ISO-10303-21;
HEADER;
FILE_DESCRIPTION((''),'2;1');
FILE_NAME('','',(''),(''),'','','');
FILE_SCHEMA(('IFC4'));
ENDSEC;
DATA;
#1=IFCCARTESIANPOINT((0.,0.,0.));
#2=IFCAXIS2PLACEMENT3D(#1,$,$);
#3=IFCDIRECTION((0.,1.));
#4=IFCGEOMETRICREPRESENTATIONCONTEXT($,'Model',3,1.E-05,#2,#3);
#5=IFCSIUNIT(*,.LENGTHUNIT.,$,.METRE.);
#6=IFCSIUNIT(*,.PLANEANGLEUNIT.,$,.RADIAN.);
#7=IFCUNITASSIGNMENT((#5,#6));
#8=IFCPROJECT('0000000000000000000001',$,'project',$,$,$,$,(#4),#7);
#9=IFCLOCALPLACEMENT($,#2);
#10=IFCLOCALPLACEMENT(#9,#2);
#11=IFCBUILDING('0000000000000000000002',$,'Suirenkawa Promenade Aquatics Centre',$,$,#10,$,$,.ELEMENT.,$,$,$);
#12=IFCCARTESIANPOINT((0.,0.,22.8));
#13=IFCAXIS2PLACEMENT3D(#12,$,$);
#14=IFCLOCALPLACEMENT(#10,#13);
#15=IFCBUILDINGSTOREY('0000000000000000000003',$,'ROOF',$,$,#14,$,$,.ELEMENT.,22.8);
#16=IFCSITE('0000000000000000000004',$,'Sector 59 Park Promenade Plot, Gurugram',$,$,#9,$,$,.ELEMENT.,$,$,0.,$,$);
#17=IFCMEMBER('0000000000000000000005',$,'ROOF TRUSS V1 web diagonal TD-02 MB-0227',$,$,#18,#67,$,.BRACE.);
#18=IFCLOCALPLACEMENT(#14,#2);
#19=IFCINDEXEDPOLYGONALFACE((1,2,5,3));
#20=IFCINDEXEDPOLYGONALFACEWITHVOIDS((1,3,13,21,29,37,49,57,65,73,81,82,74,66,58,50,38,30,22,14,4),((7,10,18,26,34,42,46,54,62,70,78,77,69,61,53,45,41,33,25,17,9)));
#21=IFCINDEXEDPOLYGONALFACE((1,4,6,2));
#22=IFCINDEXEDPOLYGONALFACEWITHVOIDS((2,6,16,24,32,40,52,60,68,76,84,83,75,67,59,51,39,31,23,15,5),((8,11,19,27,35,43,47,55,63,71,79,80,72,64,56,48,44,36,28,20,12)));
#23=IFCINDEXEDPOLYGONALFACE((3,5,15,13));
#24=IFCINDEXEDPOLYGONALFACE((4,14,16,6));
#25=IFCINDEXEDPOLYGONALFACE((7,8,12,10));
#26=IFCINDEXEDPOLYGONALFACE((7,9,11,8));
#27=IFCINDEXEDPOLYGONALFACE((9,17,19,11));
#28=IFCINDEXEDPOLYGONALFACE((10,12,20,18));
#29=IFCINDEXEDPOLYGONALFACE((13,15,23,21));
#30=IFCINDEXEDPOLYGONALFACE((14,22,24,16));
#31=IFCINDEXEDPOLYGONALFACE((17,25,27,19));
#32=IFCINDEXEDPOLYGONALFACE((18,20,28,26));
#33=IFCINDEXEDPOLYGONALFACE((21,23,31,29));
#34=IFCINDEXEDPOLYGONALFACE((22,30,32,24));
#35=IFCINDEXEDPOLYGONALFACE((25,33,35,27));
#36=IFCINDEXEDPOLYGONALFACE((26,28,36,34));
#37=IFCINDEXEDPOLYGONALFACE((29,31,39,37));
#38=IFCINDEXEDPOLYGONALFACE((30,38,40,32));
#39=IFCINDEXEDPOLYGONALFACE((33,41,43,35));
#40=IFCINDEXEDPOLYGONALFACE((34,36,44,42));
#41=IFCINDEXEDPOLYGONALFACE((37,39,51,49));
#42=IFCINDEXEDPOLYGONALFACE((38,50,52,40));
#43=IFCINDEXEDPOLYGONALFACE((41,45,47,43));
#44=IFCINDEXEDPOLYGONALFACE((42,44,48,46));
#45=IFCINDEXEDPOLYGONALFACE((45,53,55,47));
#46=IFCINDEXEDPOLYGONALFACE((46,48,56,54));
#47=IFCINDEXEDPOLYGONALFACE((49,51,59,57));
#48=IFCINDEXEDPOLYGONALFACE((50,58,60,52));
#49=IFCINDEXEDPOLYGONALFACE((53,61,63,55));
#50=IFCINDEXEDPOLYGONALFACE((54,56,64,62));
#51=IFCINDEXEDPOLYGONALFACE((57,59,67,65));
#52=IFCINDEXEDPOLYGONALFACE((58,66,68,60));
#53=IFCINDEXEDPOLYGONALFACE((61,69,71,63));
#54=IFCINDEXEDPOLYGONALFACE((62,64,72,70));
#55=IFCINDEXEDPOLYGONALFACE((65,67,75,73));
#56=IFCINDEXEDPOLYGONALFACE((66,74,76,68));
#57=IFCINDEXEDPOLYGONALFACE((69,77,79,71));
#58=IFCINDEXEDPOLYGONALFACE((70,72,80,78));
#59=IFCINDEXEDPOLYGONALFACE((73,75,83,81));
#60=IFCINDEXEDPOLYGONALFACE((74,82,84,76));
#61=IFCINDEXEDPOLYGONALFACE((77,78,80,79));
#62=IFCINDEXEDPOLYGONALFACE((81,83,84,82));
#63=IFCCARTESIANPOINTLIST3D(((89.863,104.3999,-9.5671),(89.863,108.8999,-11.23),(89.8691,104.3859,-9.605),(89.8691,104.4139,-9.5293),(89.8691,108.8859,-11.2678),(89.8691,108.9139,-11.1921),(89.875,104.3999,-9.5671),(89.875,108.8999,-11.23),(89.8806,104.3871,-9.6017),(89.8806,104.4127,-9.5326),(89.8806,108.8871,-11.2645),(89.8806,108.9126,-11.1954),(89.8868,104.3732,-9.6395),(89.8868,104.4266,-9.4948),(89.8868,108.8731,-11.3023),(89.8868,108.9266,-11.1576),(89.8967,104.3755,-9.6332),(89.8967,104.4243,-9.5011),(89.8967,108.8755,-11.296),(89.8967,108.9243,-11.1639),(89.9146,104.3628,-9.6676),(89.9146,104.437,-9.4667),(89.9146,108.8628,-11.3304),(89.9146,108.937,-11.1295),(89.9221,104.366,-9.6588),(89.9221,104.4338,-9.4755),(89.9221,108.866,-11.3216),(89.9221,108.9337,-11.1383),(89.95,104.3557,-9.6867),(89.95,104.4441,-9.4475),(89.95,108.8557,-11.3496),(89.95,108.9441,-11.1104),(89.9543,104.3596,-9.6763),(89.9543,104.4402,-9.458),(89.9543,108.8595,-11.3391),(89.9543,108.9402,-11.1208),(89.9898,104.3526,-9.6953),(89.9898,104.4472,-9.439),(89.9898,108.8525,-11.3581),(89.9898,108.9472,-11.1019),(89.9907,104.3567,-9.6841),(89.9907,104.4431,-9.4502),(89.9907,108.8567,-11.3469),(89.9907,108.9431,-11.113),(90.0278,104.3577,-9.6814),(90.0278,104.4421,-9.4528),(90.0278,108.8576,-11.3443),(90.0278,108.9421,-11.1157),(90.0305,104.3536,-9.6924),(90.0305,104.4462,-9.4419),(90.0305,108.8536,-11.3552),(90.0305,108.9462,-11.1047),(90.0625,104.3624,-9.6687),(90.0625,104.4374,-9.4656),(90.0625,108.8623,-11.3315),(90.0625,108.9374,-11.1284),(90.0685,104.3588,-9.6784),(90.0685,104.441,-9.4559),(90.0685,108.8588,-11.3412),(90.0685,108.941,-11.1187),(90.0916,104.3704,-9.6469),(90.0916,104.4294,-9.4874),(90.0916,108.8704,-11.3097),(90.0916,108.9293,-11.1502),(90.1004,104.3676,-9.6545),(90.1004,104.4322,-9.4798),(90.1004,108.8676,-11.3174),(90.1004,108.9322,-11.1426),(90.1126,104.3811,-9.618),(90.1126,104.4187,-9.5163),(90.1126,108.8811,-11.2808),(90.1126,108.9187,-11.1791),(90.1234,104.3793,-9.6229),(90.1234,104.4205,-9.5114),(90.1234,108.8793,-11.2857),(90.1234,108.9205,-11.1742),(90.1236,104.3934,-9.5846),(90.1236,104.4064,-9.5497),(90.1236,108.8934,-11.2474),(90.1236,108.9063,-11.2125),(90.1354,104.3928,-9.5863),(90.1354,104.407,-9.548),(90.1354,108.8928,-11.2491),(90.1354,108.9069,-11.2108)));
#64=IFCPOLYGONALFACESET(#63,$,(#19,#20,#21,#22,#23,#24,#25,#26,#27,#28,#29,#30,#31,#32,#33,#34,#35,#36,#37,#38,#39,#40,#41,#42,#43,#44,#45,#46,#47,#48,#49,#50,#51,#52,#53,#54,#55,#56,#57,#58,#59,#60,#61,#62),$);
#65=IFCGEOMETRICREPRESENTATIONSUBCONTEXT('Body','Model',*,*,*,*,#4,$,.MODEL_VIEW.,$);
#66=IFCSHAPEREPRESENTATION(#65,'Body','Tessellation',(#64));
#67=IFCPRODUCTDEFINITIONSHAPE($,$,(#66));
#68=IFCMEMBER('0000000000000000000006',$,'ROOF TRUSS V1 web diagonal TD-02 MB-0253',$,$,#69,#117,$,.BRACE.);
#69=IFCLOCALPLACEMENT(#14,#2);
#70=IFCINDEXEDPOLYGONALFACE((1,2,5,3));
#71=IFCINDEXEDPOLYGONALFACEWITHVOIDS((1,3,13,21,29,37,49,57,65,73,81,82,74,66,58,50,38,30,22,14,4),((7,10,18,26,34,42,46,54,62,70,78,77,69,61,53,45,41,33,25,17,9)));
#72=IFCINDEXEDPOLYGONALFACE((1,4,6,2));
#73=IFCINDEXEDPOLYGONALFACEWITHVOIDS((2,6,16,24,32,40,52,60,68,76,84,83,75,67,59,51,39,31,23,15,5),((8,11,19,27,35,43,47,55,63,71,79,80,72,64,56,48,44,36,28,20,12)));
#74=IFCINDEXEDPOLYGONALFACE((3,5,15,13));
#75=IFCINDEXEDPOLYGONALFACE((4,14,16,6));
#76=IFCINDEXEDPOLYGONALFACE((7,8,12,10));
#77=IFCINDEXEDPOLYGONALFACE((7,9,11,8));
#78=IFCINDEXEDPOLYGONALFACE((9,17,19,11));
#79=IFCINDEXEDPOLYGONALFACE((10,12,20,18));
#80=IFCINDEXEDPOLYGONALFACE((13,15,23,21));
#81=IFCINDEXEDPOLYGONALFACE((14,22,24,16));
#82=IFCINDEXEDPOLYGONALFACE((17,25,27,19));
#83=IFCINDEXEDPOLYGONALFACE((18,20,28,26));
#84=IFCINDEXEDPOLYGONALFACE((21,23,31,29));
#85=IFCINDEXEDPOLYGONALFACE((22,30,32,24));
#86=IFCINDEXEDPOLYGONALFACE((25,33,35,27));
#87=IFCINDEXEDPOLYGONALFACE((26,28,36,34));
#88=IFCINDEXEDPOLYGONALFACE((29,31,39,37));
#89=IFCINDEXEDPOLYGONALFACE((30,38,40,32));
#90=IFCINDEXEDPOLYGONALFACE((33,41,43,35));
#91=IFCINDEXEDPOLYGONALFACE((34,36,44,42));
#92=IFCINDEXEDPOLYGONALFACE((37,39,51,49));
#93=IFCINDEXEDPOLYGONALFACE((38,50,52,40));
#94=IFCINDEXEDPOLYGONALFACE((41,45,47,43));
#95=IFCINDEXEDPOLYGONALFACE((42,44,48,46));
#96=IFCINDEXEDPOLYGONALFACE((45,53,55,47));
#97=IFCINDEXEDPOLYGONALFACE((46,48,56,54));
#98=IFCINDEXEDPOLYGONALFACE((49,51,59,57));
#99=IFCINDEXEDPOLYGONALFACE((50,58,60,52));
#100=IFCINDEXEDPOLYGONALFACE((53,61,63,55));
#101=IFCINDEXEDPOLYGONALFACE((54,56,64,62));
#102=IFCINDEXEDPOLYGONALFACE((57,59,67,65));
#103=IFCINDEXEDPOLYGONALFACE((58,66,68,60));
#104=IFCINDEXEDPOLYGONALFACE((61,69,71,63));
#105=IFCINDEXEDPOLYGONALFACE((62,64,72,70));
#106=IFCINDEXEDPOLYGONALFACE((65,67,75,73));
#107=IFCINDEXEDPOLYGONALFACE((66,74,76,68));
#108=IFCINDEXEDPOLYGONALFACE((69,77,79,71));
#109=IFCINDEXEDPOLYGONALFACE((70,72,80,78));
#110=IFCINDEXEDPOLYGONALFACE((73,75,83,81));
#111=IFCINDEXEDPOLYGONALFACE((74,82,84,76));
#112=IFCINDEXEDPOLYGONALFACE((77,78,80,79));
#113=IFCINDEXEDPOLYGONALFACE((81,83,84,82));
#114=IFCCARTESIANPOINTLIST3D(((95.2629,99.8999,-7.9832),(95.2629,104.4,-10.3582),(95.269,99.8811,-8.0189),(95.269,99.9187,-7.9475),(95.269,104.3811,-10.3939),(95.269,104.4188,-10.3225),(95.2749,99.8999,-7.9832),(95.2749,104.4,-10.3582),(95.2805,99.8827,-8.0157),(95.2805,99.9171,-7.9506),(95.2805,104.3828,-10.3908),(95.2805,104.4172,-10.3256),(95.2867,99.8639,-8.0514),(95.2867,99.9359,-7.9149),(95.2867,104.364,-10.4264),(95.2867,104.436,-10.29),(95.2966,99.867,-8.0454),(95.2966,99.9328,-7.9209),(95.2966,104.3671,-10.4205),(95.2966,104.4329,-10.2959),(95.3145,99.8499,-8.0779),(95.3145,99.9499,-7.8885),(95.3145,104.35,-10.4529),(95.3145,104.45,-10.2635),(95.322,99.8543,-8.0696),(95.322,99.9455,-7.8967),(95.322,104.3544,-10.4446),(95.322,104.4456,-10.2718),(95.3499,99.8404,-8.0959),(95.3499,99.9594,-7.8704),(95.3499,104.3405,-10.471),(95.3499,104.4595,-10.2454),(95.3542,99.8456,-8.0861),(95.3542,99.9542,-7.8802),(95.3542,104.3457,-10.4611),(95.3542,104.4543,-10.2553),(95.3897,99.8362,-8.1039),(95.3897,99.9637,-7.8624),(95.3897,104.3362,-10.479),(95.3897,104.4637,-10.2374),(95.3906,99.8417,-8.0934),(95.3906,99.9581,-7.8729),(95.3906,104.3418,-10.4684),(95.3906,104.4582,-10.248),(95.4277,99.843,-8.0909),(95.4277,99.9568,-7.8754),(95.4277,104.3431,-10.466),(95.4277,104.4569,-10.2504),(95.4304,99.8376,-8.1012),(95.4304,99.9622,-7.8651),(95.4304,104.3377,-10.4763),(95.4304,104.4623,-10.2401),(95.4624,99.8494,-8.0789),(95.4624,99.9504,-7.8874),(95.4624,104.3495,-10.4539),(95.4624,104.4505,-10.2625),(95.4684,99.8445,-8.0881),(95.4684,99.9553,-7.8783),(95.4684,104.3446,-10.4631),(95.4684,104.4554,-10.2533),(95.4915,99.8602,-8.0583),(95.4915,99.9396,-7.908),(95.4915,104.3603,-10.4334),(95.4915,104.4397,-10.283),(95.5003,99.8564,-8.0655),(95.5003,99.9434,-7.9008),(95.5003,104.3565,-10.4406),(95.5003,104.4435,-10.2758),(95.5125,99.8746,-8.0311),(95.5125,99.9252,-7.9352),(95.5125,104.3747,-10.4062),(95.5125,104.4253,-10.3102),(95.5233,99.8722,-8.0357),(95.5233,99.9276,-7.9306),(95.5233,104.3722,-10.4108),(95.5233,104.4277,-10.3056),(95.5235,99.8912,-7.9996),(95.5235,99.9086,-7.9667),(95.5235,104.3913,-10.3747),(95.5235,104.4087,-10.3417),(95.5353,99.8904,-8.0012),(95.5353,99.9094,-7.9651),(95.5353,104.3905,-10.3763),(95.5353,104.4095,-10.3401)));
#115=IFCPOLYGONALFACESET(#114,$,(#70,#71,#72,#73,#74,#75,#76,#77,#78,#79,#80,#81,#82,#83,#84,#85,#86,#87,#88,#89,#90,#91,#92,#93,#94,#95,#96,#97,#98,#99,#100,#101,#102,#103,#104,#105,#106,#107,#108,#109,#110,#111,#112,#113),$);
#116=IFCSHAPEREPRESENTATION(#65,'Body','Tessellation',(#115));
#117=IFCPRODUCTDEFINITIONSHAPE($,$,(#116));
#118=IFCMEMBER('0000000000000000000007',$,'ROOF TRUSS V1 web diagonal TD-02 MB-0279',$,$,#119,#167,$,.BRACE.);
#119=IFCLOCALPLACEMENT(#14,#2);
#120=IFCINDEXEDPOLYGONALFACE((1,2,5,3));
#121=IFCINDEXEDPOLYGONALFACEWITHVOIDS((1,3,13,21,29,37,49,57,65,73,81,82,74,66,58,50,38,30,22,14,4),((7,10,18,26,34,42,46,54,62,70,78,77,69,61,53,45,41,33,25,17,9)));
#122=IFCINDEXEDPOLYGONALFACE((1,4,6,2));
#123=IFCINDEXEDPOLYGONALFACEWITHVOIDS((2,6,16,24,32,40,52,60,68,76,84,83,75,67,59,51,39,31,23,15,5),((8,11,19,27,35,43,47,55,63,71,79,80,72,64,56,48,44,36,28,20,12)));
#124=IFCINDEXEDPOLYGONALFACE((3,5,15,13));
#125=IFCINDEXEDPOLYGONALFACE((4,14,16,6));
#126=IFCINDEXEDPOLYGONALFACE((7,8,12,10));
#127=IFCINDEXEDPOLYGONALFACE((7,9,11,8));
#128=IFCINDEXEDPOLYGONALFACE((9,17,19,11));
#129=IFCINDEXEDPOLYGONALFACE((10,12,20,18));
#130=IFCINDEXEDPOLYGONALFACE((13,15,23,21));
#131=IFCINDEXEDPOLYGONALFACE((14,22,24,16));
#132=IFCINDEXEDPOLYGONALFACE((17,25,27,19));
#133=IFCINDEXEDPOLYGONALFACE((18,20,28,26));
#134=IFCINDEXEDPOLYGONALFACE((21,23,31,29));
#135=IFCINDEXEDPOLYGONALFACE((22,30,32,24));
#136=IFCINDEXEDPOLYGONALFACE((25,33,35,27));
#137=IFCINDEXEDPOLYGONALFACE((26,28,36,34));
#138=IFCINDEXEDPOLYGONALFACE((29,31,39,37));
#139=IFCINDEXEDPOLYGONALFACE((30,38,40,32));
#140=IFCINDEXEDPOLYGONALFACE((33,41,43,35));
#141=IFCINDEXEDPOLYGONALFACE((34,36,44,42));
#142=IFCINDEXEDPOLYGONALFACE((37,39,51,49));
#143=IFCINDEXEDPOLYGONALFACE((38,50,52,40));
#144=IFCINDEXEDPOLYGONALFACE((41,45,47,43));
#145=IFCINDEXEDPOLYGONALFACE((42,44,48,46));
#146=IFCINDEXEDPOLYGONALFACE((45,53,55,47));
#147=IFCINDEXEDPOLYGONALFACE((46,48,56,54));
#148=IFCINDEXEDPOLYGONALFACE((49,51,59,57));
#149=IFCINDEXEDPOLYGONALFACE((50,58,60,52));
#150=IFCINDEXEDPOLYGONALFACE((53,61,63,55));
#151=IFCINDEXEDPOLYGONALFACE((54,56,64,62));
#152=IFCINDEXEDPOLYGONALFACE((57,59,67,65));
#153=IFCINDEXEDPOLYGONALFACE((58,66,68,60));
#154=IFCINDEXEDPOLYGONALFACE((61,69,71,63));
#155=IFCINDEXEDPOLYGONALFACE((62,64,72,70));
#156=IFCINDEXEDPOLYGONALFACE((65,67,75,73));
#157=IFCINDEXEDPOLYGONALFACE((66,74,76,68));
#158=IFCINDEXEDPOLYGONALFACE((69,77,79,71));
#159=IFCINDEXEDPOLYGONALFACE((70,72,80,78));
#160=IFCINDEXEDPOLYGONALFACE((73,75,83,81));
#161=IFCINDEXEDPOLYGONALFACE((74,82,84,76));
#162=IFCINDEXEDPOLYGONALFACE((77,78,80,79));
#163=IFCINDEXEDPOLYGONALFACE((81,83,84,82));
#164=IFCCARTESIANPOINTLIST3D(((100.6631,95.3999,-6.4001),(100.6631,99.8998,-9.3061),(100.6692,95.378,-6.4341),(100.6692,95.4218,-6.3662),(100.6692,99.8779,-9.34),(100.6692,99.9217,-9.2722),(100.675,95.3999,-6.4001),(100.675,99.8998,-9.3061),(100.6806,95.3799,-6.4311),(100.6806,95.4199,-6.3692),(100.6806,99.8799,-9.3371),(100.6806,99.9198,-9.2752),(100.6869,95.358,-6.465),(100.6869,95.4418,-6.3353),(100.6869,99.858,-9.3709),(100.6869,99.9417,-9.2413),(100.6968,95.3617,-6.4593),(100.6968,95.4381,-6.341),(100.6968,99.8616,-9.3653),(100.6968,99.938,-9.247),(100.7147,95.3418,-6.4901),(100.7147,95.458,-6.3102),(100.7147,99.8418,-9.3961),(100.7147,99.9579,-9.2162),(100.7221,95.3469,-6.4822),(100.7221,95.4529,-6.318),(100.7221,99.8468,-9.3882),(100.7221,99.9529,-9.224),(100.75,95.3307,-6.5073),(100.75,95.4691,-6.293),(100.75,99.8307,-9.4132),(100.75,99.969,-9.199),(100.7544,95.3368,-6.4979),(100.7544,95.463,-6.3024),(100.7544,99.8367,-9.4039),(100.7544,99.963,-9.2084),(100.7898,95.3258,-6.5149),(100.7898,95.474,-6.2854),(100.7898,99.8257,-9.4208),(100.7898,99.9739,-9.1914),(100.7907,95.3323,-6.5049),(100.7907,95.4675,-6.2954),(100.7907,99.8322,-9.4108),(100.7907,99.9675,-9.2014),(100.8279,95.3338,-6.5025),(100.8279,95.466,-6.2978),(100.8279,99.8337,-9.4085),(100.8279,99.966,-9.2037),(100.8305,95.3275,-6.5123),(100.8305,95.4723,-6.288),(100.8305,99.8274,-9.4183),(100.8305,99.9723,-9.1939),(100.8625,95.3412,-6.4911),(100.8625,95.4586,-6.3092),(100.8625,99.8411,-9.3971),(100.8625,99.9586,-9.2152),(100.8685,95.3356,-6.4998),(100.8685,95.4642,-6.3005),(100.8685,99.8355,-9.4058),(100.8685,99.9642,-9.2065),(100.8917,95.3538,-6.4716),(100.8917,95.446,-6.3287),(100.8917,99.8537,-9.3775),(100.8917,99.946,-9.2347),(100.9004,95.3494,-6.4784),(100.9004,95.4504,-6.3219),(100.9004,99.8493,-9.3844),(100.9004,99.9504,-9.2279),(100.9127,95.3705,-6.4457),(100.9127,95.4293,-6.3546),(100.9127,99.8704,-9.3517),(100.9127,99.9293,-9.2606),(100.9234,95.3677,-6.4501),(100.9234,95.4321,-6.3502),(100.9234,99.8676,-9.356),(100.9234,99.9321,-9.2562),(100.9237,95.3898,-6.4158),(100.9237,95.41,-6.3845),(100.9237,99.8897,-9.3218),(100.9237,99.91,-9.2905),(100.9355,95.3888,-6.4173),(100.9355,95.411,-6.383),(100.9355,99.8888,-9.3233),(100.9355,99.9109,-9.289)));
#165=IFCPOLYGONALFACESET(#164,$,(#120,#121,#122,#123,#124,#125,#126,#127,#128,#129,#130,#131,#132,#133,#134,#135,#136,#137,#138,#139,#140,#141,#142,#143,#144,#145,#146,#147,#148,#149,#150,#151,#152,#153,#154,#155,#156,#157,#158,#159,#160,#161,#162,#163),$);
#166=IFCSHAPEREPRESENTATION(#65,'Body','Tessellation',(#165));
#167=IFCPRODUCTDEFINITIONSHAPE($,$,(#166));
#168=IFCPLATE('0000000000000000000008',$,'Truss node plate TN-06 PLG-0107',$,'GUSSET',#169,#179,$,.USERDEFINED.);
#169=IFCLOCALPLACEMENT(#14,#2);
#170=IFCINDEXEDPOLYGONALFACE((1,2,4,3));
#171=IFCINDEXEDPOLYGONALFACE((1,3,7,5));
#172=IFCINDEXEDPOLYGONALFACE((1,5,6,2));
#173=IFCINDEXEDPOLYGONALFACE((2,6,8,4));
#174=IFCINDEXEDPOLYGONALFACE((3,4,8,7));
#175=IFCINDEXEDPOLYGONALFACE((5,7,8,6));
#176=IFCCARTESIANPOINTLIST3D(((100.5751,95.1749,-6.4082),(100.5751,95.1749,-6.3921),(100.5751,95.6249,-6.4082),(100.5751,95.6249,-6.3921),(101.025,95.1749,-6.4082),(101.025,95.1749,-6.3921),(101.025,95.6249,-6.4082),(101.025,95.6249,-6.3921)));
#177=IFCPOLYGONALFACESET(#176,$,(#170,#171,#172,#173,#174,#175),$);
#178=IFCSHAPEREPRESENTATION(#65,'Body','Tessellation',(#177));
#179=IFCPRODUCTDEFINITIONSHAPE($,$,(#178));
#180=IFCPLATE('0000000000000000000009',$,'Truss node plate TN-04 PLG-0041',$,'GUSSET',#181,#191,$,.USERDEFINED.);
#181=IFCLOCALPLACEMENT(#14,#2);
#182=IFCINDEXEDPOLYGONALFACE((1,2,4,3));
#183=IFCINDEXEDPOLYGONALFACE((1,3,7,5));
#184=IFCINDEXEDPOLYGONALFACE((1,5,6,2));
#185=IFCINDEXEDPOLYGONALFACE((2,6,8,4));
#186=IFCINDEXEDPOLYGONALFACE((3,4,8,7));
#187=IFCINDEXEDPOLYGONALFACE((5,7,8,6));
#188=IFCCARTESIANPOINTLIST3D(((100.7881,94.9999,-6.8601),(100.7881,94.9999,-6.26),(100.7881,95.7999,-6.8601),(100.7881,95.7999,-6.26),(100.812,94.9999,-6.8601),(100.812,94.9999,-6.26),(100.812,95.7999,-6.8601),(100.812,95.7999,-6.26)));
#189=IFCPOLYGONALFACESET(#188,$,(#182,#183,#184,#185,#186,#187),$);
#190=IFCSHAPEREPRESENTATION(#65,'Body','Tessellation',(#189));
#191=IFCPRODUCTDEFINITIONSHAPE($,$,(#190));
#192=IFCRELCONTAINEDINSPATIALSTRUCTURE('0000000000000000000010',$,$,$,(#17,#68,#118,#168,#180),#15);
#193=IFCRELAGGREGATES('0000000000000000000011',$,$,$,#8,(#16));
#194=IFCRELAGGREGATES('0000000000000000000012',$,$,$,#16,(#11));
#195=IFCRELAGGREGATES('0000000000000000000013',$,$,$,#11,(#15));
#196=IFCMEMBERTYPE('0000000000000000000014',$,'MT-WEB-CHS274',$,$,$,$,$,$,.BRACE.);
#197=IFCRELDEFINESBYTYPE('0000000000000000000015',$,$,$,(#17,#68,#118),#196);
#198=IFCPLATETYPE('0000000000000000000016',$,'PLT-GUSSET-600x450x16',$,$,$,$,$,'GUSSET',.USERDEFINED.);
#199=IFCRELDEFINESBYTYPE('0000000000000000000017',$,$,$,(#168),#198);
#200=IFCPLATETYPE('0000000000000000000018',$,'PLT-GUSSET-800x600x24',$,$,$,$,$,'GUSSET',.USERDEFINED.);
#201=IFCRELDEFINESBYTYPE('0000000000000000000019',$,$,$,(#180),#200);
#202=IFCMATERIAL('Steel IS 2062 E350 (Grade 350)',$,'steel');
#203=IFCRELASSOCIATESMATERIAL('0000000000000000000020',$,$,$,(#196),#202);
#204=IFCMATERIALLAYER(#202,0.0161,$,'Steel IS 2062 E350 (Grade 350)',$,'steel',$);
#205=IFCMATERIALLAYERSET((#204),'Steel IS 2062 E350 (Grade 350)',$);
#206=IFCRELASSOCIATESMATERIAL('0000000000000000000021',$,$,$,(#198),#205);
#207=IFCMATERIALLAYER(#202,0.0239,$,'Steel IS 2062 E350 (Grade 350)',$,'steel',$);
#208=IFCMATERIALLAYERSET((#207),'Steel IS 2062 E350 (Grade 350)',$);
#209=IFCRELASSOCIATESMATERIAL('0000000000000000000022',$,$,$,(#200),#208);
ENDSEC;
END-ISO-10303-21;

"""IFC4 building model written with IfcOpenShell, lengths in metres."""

from ifc_helpers import new_model, si_unit, direction, frame, origin, origin_2d, place, context, subcontext, project, spatial, rectangle, hollow_circle, extrude, material, layer, layer_set, material_profile, profile_set, type_object, element, save


model = new_model("IFC4")

# Units and contexts
model_context = context("Model", 3, precision=1e-05, world=origin(), true_north=direction((0.0, 1.0)))
body_context = subcontext(model_context, "Body", "Model", "MODEL_VIEW")
ifc_project = project(units=[si_unit("LENGTHUNIT", "METRE"), si_unit("PLANEANGLEUNIT", "RADIAN")], contexts=[model_context])

# Site, building, storey
site_placement = place(None, origin())
site = spatial("IfcSite", under=ifc_project, at=site_placement, Name="Sector 59 Park Promenade Plot, Gurugram", CompositionType="ELEMENT", RefElevation=0.0)
building_placement = place(site_placement, origin())
building = spatial("IfcBuilding", under=site, at=building_placement, Name="Suirenkawa Promenade Aquatics Centre", CompositionType="ELEMENT")
storey_placement = place(building_placement, frame((0.0, 0.0, 22.8)))
storey = spatial("IfcBuildingStorey", under=building, at=storey_placement, Name="ROOF", CompositionType="ELEMENT", Elevation=22.8)

# Shared definitions
ifc_material_1 = material(Name="Steel IS 2062 E350 (Grade 350)", Category="steel")

# Members
ifc_material_profile_1 = material_profile(ifc_material_1, hollow_circle(Radius=0.137, WallThickness=0.012, at=origin_2d()), Name="CHS 274x12", Category="steel")
ifc_profile_set_1 = profile_set([ifc_material_profile_1], Name="Steel IS 2062 E350 (Grade 350)")
member_type_1 = type_object("IfcMemberType", Name="MT-WEB-CHS274", PredefinedType="BRACE", material=ifc_profile_set_1)
member_1_placement = place(storey_placement, frame((90.0, 104.3999, -9.5671), z_axis=(0.0, 0.938008, -0.346613), x_axis=(-1.0, 0.0, 0.0)))
element("IfcMember", 1, at=member_1_placement, inside=storey, type_object=member_type_1, Name="ROOF TRUSS V1 web diagonal TD-02 MB-0227", PredefinedType="BRACE", context=body_context, shape_type="SweptSolid", body=[
    extrude(hollow_circle(Radius=0.137, WallThickness=0.012, at=origin_2d()), origin(), (0.0, 0.0, 1.0), 4.7974),
])
member_2_placement = place(storey_placement, frame((95.3999, 99.8999, -7.9832), z_axis=(0.0, 0.884385, -0.466759), x_axis=(-1.0, 0.0, 0.0)))
element("IfcMember", 2, at=member_2_placement, inside=storey, type_object=member_type_1, Name="ROOF TRUSS V1 web diagonal TD-02 MB-0253", PredefinedType="BRACE", context=body_context, shape_type="SweptSolid", body=[
    extrude(hollow_circle(Radius=0.137, WallThickness=0.012, at=origin_2d()), origin(), (0.0, 0.0, 1.0), 5.0884),
])
member_3_placement = place(storey_placement, frame((100.8, 95.3999, -6.4001), z_axis=(0.0, 0.84006, -0.542493), x_axis=(-1.0, 0.0, 0.0)))
element("IfcMember", 3, at=member_3_placement, inside=storey, type_object=member_type_1, Name="ROOF TRUSS V1 web diagonal TD-02 MB-0279", PredefinedType="BRACE", context=body_context, shape_type="SweptSolid", body=[
    extrude(hollow_circle(Radius=0.137, WallThickness=0.012, at=origin_2d()), origin(), (0.0, 0.0, 1.0), 5.3567),
])

# Plates
ifc_layer_1 = layer(ifc_material_1, 0.0161, Name="Steel IS 2062 E350 (Grade 350)", Category="steel")
ifc_layer_set_1 = layer_set([ifc_layer_1], Name="Steel IS 2062 E350 (Grade 350)")
plate_type_1 = type_object("IfcPlateType", Name="PLT-GUSSET-600x450x16", ElementType="GUSSET", PredefinedType="USERDEFINED", material=ifc_layer_set_1)
plate_1_placement = place(storey_placement, frame((100.8, 95.3999, -6.4082), z_axis=(0.0, 0.0, 1.0), x_axis=(1.0, 0.0, 0.0)))
element("IfcPlate", 4, at=plate_1_placement, inside=storey, type_object=plate_type_1, Name="Truss node plate TN-06 PLG-0107", ObjectType="GUSSET", PredefinedType="USERDEFINED", context=body_context, shape_type="SweptSolid", body=[
    extrude(rectangle(XDim=0.45, YDim=0.45, at=origin_2d()), origin(), (0.0, 0.0, 1.0), 0.0161),
])
ifc_layer_2 = layer(ifc_material_1, 0.0239, Name="Steel IS 2062 E350 (Grade 350)", Category="steel")
ifc_layer_set_2 = layer_set([ifc_layer_2], Name="Steel IS 2062 E350 (Grade 350)")
plate_type_2 = type_object("IfcPlateType", Name="PLT-GUSSET-800x600x24", ElementType="GUSSET", PredefinedType="USERDEFINED", material=ifc_layer_set_2)
plate_2_placement = place(storey_placement, frame((100.8, 95.3999, -6.8601), z_axis=(0.0, 0.0, 1.0), x_axis=(0.0, 1.0, 0.0)))
element("IfcPlate", 5, at=plate_2_placement, inside=storey, type_object=plate_type_2, Name="Truss node plate TN-04 PLG-0041", ObjectType="GUSSET", PredefinedType="USERDEFINED", context=body_context, shape_type="SweptSolid", body=[
    extrude(rectangle(XDim=0.8, YDim=0.0239, at=origin_2d()), origin(), (0.0, 0.0, 1.0), 0.6001),
])

save(model, "model.ifc")
